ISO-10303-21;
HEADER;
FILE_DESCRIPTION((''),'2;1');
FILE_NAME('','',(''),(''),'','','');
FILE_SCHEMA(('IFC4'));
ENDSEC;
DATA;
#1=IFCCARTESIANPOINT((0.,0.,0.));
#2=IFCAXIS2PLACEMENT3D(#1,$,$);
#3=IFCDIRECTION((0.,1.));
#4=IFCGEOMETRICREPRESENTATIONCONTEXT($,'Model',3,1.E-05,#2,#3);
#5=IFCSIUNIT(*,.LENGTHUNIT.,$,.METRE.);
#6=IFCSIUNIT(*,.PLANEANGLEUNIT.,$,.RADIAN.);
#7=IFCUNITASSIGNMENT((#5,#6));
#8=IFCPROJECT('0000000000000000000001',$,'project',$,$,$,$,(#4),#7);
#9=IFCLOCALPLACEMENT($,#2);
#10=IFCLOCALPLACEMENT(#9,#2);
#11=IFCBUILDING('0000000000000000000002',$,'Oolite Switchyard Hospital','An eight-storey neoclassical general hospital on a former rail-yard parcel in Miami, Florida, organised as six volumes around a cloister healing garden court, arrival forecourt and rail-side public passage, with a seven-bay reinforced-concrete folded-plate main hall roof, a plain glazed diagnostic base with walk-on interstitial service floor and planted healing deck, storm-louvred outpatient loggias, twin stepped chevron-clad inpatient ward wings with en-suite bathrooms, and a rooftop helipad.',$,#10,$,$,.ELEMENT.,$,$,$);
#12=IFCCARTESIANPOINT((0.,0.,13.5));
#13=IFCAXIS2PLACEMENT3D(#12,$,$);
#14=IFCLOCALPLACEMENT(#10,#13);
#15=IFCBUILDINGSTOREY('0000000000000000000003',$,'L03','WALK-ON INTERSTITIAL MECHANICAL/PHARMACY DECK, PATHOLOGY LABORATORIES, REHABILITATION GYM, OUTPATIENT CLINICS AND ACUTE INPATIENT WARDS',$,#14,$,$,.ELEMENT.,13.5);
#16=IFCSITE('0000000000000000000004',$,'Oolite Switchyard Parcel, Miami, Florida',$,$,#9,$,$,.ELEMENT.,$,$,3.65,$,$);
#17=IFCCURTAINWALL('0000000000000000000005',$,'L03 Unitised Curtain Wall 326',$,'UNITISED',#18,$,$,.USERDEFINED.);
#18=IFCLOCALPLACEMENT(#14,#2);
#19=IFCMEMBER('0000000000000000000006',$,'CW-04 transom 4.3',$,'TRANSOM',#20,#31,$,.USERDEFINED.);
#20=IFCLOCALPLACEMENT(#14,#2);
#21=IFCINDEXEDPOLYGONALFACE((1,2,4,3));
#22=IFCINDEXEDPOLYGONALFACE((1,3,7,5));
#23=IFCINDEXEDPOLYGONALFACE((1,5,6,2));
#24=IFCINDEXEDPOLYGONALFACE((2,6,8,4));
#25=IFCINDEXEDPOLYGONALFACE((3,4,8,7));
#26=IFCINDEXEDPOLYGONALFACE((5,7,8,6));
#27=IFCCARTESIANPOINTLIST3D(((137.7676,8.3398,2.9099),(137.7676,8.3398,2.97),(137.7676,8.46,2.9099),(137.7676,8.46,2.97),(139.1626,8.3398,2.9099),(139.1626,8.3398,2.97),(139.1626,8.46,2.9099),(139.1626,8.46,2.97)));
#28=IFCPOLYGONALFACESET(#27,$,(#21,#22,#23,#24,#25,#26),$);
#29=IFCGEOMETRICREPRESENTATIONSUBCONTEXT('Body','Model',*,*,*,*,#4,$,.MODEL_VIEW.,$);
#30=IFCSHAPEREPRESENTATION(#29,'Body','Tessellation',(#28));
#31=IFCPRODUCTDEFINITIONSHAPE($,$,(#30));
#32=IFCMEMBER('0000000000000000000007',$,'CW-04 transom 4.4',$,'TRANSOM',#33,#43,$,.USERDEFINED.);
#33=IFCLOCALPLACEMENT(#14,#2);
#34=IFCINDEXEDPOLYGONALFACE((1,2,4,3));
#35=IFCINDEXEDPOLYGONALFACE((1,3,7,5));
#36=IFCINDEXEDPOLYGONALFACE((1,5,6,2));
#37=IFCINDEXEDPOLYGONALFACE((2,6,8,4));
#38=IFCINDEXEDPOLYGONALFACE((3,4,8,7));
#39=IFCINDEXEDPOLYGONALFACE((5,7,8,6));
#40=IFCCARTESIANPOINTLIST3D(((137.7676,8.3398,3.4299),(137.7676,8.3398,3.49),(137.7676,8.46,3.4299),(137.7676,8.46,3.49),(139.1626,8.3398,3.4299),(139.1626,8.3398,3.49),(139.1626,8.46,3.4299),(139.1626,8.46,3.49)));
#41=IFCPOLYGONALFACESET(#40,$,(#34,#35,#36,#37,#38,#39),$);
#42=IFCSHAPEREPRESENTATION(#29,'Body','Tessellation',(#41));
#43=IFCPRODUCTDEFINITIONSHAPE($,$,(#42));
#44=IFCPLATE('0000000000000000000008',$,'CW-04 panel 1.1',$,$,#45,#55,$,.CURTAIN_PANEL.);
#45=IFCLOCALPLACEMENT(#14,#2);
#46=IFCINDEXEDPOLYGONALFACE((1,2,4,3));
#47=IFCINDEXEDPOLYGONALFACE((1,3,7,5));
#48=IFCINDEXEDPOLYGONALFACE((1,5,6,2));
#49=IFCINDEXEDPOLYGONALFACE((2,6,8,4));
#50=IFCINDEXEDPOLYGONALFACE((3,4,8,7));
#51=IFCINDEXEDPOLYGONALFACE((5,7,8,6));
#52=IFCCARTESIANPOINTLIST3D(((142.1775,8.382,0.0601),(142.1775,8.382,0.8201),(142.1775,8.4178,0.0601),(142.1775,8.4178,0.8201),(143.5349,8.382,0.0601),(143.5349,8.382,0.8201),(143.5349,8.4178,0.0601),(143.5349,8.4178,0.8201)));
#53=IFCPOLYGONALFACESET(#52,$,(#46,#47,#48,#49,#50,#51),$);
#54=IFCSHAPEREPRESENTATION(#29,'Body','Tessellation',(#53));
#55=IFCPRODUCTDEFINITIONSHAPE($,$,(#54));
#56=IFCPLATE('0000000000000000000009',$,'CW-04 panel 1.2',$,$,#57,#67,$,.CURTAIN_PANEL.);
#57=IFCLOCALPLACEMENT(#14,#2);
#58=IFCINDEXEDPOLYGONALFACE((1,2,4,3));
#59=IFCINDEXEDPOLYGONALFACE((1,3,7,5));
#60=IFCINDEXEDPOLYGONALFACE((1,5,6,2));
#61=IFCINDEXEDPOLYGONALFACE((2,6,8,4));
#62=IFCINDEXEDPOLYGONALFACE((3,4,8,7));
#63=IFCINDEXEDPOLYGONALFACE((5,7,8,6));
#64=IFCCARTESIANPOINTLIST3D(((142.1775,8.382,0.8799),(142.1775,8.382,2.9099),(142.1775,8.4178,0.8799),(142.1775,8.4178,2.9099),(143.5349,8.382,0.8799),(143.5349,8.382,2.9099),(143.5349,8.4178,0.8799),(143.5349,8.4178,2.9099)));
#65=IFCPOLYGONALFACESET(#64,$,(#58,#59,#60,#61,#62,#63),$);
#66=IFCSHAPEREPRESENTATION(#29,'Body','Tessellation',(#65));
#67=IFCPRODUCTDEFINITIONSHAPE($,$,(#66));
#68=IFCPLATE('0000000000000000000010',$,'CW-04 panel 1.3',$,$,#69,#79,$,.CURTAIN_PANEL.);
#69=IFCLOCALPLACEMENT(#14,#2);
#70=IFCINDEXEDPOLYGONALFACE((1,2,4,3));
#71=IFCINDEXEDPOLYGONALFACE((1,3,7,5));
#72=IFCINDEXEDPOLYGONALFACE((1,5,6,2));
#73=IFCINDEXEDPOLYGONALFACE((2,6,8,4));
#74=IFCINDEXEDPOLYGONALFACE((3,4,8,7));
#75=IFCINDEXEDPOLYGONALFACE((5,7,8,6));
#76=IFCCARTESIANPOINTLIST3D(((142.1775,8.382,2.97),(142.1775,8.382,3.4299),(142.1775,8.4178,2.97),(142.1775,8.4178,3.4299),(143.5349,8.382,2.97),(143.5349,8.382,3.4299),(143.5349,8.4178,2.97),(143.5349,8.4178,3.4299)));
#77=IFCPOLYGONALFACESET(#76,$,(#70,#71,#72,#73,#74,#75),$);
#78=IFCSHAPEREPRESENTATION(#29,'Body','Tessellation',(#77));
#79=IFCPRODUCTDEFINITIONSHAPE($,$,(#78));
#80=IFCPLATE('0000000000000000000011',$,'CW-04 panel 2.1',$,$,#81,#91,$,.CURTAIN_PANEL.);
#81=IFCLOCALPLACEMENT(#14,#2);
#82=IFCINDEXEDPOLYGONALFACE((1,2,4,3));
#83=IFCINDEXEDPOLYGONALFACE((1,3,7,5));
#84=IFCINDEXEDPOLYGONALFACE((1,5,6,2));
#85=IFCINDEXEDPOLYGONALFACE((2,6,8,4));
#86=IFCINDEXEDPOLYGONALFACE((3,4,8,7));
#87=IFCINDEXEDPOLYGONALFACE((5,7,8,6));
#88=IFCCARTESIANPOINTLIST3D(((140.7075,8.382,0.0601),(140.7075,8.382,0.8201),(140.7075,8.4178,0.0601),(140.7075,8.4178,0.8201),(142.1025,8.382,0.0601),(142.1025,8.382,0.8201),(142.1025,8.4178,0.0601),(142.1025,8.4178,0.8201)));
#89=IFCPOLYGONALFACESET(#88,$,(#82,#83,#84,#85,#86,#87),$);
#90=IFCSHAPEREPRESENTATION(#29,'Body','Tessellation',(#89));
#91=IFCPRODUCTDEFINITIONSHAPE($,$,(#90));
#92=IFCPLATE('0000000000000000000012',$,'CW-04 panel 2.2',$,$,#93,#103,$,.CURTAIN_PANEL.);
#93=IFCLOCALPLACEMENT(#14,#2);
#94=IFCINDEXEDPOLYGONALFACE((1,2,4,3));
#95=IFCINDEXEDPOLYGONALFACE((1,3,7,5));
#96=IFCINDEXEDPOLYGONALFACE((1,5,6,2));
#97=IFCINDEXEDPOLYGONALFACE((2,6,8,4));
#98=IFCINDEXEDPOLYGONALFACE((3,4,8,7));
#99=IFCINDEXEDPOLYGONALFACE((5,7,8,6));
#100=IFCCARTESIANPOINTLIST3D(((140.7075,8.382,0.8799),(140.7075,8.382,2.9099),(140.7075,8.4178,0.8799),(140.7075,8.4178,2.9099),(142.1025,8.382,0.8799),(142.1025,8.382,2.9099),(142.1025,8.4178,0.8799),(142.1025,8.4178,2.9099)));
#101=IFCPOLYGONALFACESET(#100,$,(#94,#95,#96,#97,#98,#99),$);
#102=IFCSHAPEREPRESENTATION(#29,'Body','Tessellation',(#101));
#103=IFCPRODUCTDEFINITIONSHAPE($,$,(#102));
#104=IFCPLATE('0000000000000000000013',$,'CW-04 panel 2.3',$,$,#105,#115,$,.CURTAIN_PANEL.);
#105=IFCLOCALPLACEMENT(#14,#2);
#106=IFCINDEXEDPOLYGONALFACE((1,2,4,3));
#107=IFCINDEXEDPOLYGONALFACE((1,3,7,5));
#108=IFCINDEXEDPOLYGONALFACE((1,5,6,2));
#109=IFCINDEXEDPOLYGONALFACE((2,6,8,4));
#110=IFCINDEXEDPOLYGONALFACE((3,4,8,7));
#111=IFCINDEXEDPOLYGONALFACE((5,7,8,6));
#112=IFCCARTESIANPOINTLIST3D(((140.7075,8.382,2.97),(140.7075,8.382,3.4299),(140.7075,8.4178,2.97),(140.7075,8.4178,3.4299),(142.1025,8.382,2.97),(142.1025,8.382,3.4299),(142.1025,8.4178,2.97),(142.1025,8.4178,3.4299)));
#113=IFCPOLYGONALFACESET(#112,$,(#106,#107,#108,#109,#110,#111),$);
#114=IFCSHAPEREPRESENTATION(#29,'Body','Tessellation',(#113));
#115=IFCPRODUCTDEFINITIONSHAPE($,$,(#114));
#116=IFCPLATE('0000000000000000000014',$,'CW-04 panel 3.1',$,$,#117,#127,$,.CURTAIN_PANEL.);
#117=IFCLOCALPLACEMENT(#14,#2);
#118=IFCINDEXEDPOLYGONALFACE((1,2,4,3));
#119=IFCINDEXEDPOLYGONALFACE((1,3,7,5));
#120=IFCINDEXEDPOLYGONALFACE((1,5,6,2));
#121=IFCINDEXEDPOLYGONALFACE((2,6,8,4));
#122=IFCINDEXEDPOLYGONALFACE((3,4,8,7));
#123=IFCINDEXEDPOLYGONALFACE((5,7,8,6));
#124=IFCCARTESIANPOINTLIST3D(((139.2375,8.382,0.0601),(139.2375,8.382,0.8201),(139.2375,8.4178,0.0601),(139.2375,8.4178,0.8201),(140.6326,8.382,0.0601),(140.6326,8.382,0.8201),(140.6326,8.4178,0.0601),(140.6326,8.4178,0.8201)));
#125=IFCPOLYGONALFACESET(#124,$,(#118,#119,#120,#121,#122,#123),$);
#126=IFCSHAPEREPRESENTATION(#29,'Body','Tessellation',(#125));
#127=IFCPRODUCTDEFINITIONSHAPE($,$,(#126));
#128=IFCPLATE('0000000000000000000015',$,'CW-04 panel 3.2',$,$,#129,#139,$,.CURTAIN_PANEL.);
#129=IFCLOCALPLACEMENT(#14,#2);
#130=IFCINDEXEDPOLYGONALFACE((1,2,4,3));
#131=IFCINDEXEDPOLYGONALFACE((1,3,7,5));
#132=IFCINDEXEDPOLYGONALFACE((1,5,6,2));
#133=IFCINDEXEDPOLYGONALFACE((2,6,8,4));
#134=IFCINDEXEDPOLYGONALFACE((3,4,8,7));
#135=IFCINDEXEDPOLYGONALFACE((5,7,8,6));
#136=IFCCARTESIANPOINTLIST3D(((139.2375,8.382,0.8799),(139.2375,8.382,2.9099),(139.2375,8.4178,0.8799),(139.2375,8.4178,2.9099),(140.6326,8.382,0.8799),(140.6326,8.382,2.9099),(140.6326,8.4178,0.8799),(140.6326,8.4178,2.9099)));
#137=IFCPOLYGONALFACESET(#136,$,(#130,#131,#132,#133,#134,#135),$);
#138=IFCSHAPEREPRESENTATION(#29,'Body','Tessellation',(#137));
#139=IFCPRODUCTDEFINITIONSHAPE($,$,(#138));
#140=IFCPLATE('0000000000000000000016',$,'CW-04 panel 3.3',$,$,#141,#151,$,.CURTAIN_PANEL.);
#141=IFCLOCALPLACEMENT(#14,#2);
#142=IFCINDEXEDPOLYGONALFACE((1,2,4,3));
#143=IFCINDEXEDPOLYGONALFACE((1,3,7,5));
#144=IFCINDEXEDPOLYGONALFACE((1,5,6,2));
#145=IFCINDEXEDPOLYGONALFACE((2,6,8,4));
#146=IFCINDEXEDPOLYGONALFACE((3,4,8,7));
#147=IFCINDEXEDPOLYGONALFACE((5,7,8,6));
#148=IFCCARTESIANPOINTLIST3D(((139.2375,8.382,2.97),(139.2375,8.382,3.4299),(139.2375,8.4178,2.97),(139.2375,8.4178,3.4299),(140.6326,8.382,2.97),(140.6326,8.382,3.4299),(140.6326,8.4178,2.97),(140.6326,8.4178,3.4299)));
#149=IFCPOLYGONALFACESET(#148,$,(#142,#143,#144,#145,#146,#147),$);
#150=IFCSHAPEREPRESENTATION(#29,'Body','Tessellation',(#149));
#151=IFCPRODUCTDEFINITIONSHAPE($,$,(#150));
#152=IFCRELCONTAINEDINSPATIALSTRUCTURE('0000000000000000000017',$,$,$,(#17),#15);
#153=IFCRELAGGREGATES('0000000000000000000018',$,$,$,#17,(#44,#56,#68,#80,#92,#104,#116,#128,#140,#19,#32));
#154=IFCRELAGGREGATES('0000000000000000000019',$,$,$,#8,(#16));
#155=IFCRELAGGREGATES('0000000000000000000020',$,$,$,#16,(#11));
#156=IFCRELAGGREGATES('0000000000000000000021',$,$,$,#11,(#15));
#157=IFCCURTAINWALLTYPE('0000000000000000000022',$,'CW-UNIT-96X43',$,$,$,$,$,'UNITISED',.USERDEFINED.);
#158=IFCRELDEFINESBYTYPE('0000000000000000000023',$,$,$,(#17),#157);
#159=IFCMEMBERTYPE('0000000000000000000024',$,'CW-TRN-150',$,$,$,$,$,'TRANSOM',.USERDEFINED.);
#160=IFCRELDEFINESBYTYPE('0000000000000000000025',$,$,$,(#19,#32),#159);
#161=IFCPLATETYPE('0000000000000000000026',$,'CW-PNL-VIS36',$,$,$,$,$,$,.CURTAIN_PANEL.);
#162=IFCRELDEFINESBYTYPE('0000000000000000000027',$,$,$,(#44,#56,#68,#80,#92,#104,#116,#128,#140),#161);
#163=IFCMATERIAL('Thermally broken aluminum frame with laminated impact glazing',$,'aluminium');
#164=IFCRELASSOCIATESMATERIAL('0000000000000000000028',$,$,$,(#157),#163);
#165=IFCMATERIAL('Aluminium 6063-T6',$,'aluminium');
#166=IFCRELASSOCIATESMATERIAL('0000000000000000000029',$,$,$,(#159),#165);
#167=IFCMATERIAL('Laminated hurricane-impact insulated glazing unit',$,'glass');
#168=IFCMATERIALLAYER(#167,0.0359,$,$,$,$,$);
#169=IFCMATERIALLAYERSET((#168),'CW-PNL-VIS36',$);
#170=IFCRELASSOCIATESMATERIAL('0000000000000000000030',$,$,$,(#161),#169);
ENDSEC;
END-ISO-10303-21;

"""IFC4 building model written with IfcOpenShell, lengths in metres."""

from ifc_helpers import new_model, si_unit, direction, frame, origin, origin_2d, place, context, subcontext, project, spatial, rectangle, extrude, material, layer, layer_set, material_profile, profile_set, type_object, element, aggregate, save


model = new_model("IFC4")

# Units and contexts
model_context = context("Model", 3, precision=1e-05, world=origin(), true_north=direction((0.0, 1.0)))
body_context = subcontext(model_context, "Body", "Model", "MODEL_VIEW")
ifc_project = project(units=[si_unit("LENGTHUNIT", "METRE"), si_unit("PLANEANGLEUNIT", "RADIAN")], contexts=[model_context])

# Site, building, storey
site_placement = place(None, origin())
site = spatial("IfcSite", under=ifc_project, at=site_placement, Name="Oolite Switchyard Parcel, Miami, Florida", CompositionType="ELEMENT", RefElevation=3.65)
building_placement = place(site_placement, origin())
building = spatial("IfcBuilding", under=site, at=building_placement, Name="Oolite Switchyard Hospital", Description="An eight-storey neoclassical general hospital on a former rail-yard parcel in Miami, Florida, organised as six volumes around a cloister healing garden court, arrival forecourt and rail-side public passage, with a seven-bay reinforced-concrete folded-plate main hall roof, a plain glazed diagnostic base with walk-on interstitial service floor and planted healing deck, storm-louvred outpatient loggias, twin stepped chevron-clad inpatient ward wings with en-suite bathrooms, and a rooftop helipad.", CompositionType="ELEMENT")
storey_placement = place(building_placement, frame((0.0, 0.0, 13.5)))
storey = spatial("IfcBuildingStorey", under=building, at=storey_placement, Name="L03", Description="WALK-ON INTERSTITIAL MECHANICAL/PHARMACY DECK, PATHOLOGY LABORATORIES, REHABILITATION GYM, OUTPATIENT CLINICS AND ACUTE INPATIENT WARDS", CompositionType="ELEMENT", Elevation=13.5)

# Curtain wall, members, plates
ifc_material_1 = material(Name="Thermally broken aluminum frame with laminated impact glazing", Category="aluminium")
curtain_wall_type = type_object("IfcCurtainWallType", Name="CW-UNIT-96X43", ElementType="UNITISED", PredefinedType="USERDEFINED", material=ifc_material_1)
curtain_wall_placement = place(storey_placement, origin())
curtain_wall = element("IfcCurtainWall", 1, at=curtain_wall_placement, inside=storey, type_object=curtain_wall_type, Name="L03 Unitised Curtain Wall 326", ObjectType="UNITISED", PredefinedType="USERDEFINED")
ifc_material_2 = material(Name="Aluminium 6063-T6", Category="aluminium")
ifc_material_profile_1 = material_profile(ifc_material_2, rectangle(XDim=0.1201, YDim=0.0601, at=origin_2d()), Name="CWT60X120")
ifc_profile_set_1 = profile_set([ifc_material_profile_1], Name="Aluminium 6063-T6")
member_type_1 = type_object("IfcMemberType", Name="CW-TRN-150", ElementType="TRANSOM", PredefinedType="USERDEFINED", material=ifc_profile_set_1)
member_1_placement = place(storey_placement, frame((139.1626, 8.3999, 2.9399), z_axis=(-1.0, 0.0, 0.0), x_axis=(0.0, -1.0, 0.0)))
member_1 = element("IfcMember", 2, at=member_1_placement, type_object=member_type_1, Name="CW-04 transom 4.3", ObjectType="TRANSOM", PredefinedType="USERDEFINED", context=body_context, shape_type="SweptSolid", body=[
    extrude(rectangle(XDim=0.1201, YDim=0.0601, at=origin_2d()), origin(), (0.0, 0.0, 1.0), 1.395),
])
member_2_placement = place(storey_placement, frame((139.1626, 8.3999, 3.46), z_axis=(-1.0, 0.0, 0.0), x_axis=(0.0, -1.0, 0.0)))
member_2 = element("IfcMember", 3, at=member_2_placement, type_object=member_type_1, Name="CW-04 transom 4.4", ObjectType="TRANSOM", PredefinedType="USERDEFINED", context=body_context, shape_type="SweptSolid", body=[
    extrude(rectangle(XDim=0.1201, YDim=0.0601, at=origin_2d()), origin(), (0.0, 0.0, 1.0), 1.395),
])
ifc_material_3 = material(Name="Laminated hurricane-impact insulated glazing unit", Category="glass")
ifc_layer = layer(ifc_material_3, 0.0359)
ifc_layer_set = layer_set([ifc_layer], Name="CW-PNL-VIS36")
plate_type = type_object("IfcPlateType", Name="CW-PNL-VIS36", PredefinedType="CURTAIN_PANEL", material=ifc_layer_set)
plate_1_placement = place(storey_placement, frame((142.8562, 8.3999, 0.0601), z_axis=(0.0, 0.0, 1.0), x_axis=(-1.0, 0.0, 0.0)))
plate_1 = element("IfcPlate", 4, at=plate_1_placement, type_object=plate_type, Name="CW-04 panel 1.1", PredefinedType="CURTAIN_PANEL", context=body_context, shape_type="SweptSolid", body=[
    extrude(rectangle(XDim=1.3574, YDim=0.0359, at=origin_2d()), origin(), (0.0, 0.0, 1.0), 0.76),
])
plate_2_placement = place(storey_placement, frame((142.8562, 8.3999, 0.8799), z_axis=(0.0, 0.0, 1.0), x_axis=(-1.0, 0.0, 0.0)))
plate_2 = element("IfcPlate", 5, at=plate_2_placement, type_object=plate_type, Name="CW-04 panel 1.2", PredefinedType="CURTAIN_PANEL", context=body_context, shape_type="SweptSolid", body=[
    extrude(rectangle(XDim=1.3574, YDim=0.0359, at=origin_2d()), origin(), (0.0, 0.0, 1.0), 2.03),
])
plate_3_placement = place(storey_placement, frame((142.8562, 8.3999, 2.97), z_axis=(0.0, 0.0, 1.0), x_axis=(-1.0, 0.0, 0.0)))
plate_3 = element("IfcPlate", 6, at=plate_3_placement, type_object=plate_type, Name="CW-04 panel 1.3", PredefinedType="CURTAIN_PANEL", context=body_context, shape_type="SweptSolid", body=[
    extrude(rectangle(XDim=1.3574, YDim=0.0359, at=origin_2d()), origin(), (0.0, 0.0, 1.0), 0.46),
])
plate_4_placement = place(storey_placement, frame((141.405, 8.3999, 0.0601), z_axis=(0.0, 0.0, 1.0), x_axis=(-1.0, 0.0, 0.0)))
plate_4 = element("IfcPlate", 7, at=plate_4_placement, type_object=plate_type, Name="CW-04 panel 2.1", PredefinedType="CURTAIN_PANEL", context=body_context, shape_type="SweptSolid", body=[
    extrude(rectangle(XDim=1.395, YDim=0.0359, at=origin_2d()), origin(), (0.0, 0.0, 1.0), 0.76),
])
plate_5_placement = place(storey_placement, frame((141.405, 8.3999, 0.8799), z_axis=(0.0, 0.0, 1.0), x_axis=(-1.0, 0.0, 0.0)))
plate_5 = element("IfcPlate", 8, at=plate_5_placement, type_object=plate_type, Name="CW-04 panel 2.2", PredefinedType="CURTAIN_PANEL", context=body_context, shape_type="SweptSolid", body=[
    extrude(rectangle(XDim=1.395, YDim=0.0359, at=origin_2d()), origin(), (0.0, 0.0, 1.0), 2.03),
])
plate_6_placement = place(storey_placement, frame((141.405, 8.3999, 2.97), z_axis=(0.0, 0.0, 1.0), x_axis=(-1.0, 0.0, 0.0)))
plate_6 = element("IfcPlate", 9, at=plate_6_placement, type_object=plate_type, Name="CW-04 panel 2.3", PredefinedType="CURTAIN_PANEL", context=body_context, shape_type="SweptSolid", body=[
    extrude(rectangle(XDim=1.395, YDim=0.0359, at=origin_2d()), origin(), (0.0, 0.0, 1.0), 0.46),
])
plate_7_placement = place(storey_placement, frame((139.9351, 8.3999, 0.0601), z_axis=(0.0, 0.0, 1.0), x_axis=(-1.0, 0.0, 0.0)))
plate_7 = element("IfcPlate", 10, at=plate_7_placement, type_object=plate_type, Name="CW-04 panel 3.1", PredefinedType="CURTAIN_PANEL", context=body_context, shape_type="SweptSolid", body=[
    extrude(rectangle(XDim=1.395, YDim=0.0359, at=origin_2d()), origin(), (0.0, 0.0, 1.0), 0.76),
])
plate_8_placement = place(storey_placement, frame((139.9351, 8.3999, 0.8799), z_axis=(0.0, 0.0, 1.0), x_axis=(-1.0, 0.0, 0.0)))
plate_8 = element("IfcPlate", 11, at=plate_8_placement, type_object=plate_type, Name="CW-04 panel 3.2", PredefinedType="CURTAIN_PANEL", context=body_context, shape_type="SweptSolid", body=[
    extrude(rectangle(XDim=1.395, YDim=0.0359, at=origin_2d()), origin(), (0.0, 0.0, 1.0), 2.03),
])
plate_9_placement = place(storey_placement, frame((139.9351, 8.3999, 2.97), z_axis=(0.0, 0.0, 1.0), x_axis=(-1.0, 0.0, 0.0)))
plate_9 = element("IfcPlate", 12, at=plate_9_placement, type_object=plate_type, Name="CW-04 panel 3.3", PredefinedType="CURTAIN_PANEL", context=body_context, shape_type="SweptSolid", body=[
    extrude(rectangle(XDim=1.395, YDim=0.0359, at=origin_2d()), origin(), (0.0, 0.0, 1.0), 0.46),
])
aggregate(curtain_wall, [plate_1, plate_2, plate_3, plate_4, plate_5, plate_6, plate_7, plate_8, plate_9, member_1, member_2])

save(model, "model.ifc")
